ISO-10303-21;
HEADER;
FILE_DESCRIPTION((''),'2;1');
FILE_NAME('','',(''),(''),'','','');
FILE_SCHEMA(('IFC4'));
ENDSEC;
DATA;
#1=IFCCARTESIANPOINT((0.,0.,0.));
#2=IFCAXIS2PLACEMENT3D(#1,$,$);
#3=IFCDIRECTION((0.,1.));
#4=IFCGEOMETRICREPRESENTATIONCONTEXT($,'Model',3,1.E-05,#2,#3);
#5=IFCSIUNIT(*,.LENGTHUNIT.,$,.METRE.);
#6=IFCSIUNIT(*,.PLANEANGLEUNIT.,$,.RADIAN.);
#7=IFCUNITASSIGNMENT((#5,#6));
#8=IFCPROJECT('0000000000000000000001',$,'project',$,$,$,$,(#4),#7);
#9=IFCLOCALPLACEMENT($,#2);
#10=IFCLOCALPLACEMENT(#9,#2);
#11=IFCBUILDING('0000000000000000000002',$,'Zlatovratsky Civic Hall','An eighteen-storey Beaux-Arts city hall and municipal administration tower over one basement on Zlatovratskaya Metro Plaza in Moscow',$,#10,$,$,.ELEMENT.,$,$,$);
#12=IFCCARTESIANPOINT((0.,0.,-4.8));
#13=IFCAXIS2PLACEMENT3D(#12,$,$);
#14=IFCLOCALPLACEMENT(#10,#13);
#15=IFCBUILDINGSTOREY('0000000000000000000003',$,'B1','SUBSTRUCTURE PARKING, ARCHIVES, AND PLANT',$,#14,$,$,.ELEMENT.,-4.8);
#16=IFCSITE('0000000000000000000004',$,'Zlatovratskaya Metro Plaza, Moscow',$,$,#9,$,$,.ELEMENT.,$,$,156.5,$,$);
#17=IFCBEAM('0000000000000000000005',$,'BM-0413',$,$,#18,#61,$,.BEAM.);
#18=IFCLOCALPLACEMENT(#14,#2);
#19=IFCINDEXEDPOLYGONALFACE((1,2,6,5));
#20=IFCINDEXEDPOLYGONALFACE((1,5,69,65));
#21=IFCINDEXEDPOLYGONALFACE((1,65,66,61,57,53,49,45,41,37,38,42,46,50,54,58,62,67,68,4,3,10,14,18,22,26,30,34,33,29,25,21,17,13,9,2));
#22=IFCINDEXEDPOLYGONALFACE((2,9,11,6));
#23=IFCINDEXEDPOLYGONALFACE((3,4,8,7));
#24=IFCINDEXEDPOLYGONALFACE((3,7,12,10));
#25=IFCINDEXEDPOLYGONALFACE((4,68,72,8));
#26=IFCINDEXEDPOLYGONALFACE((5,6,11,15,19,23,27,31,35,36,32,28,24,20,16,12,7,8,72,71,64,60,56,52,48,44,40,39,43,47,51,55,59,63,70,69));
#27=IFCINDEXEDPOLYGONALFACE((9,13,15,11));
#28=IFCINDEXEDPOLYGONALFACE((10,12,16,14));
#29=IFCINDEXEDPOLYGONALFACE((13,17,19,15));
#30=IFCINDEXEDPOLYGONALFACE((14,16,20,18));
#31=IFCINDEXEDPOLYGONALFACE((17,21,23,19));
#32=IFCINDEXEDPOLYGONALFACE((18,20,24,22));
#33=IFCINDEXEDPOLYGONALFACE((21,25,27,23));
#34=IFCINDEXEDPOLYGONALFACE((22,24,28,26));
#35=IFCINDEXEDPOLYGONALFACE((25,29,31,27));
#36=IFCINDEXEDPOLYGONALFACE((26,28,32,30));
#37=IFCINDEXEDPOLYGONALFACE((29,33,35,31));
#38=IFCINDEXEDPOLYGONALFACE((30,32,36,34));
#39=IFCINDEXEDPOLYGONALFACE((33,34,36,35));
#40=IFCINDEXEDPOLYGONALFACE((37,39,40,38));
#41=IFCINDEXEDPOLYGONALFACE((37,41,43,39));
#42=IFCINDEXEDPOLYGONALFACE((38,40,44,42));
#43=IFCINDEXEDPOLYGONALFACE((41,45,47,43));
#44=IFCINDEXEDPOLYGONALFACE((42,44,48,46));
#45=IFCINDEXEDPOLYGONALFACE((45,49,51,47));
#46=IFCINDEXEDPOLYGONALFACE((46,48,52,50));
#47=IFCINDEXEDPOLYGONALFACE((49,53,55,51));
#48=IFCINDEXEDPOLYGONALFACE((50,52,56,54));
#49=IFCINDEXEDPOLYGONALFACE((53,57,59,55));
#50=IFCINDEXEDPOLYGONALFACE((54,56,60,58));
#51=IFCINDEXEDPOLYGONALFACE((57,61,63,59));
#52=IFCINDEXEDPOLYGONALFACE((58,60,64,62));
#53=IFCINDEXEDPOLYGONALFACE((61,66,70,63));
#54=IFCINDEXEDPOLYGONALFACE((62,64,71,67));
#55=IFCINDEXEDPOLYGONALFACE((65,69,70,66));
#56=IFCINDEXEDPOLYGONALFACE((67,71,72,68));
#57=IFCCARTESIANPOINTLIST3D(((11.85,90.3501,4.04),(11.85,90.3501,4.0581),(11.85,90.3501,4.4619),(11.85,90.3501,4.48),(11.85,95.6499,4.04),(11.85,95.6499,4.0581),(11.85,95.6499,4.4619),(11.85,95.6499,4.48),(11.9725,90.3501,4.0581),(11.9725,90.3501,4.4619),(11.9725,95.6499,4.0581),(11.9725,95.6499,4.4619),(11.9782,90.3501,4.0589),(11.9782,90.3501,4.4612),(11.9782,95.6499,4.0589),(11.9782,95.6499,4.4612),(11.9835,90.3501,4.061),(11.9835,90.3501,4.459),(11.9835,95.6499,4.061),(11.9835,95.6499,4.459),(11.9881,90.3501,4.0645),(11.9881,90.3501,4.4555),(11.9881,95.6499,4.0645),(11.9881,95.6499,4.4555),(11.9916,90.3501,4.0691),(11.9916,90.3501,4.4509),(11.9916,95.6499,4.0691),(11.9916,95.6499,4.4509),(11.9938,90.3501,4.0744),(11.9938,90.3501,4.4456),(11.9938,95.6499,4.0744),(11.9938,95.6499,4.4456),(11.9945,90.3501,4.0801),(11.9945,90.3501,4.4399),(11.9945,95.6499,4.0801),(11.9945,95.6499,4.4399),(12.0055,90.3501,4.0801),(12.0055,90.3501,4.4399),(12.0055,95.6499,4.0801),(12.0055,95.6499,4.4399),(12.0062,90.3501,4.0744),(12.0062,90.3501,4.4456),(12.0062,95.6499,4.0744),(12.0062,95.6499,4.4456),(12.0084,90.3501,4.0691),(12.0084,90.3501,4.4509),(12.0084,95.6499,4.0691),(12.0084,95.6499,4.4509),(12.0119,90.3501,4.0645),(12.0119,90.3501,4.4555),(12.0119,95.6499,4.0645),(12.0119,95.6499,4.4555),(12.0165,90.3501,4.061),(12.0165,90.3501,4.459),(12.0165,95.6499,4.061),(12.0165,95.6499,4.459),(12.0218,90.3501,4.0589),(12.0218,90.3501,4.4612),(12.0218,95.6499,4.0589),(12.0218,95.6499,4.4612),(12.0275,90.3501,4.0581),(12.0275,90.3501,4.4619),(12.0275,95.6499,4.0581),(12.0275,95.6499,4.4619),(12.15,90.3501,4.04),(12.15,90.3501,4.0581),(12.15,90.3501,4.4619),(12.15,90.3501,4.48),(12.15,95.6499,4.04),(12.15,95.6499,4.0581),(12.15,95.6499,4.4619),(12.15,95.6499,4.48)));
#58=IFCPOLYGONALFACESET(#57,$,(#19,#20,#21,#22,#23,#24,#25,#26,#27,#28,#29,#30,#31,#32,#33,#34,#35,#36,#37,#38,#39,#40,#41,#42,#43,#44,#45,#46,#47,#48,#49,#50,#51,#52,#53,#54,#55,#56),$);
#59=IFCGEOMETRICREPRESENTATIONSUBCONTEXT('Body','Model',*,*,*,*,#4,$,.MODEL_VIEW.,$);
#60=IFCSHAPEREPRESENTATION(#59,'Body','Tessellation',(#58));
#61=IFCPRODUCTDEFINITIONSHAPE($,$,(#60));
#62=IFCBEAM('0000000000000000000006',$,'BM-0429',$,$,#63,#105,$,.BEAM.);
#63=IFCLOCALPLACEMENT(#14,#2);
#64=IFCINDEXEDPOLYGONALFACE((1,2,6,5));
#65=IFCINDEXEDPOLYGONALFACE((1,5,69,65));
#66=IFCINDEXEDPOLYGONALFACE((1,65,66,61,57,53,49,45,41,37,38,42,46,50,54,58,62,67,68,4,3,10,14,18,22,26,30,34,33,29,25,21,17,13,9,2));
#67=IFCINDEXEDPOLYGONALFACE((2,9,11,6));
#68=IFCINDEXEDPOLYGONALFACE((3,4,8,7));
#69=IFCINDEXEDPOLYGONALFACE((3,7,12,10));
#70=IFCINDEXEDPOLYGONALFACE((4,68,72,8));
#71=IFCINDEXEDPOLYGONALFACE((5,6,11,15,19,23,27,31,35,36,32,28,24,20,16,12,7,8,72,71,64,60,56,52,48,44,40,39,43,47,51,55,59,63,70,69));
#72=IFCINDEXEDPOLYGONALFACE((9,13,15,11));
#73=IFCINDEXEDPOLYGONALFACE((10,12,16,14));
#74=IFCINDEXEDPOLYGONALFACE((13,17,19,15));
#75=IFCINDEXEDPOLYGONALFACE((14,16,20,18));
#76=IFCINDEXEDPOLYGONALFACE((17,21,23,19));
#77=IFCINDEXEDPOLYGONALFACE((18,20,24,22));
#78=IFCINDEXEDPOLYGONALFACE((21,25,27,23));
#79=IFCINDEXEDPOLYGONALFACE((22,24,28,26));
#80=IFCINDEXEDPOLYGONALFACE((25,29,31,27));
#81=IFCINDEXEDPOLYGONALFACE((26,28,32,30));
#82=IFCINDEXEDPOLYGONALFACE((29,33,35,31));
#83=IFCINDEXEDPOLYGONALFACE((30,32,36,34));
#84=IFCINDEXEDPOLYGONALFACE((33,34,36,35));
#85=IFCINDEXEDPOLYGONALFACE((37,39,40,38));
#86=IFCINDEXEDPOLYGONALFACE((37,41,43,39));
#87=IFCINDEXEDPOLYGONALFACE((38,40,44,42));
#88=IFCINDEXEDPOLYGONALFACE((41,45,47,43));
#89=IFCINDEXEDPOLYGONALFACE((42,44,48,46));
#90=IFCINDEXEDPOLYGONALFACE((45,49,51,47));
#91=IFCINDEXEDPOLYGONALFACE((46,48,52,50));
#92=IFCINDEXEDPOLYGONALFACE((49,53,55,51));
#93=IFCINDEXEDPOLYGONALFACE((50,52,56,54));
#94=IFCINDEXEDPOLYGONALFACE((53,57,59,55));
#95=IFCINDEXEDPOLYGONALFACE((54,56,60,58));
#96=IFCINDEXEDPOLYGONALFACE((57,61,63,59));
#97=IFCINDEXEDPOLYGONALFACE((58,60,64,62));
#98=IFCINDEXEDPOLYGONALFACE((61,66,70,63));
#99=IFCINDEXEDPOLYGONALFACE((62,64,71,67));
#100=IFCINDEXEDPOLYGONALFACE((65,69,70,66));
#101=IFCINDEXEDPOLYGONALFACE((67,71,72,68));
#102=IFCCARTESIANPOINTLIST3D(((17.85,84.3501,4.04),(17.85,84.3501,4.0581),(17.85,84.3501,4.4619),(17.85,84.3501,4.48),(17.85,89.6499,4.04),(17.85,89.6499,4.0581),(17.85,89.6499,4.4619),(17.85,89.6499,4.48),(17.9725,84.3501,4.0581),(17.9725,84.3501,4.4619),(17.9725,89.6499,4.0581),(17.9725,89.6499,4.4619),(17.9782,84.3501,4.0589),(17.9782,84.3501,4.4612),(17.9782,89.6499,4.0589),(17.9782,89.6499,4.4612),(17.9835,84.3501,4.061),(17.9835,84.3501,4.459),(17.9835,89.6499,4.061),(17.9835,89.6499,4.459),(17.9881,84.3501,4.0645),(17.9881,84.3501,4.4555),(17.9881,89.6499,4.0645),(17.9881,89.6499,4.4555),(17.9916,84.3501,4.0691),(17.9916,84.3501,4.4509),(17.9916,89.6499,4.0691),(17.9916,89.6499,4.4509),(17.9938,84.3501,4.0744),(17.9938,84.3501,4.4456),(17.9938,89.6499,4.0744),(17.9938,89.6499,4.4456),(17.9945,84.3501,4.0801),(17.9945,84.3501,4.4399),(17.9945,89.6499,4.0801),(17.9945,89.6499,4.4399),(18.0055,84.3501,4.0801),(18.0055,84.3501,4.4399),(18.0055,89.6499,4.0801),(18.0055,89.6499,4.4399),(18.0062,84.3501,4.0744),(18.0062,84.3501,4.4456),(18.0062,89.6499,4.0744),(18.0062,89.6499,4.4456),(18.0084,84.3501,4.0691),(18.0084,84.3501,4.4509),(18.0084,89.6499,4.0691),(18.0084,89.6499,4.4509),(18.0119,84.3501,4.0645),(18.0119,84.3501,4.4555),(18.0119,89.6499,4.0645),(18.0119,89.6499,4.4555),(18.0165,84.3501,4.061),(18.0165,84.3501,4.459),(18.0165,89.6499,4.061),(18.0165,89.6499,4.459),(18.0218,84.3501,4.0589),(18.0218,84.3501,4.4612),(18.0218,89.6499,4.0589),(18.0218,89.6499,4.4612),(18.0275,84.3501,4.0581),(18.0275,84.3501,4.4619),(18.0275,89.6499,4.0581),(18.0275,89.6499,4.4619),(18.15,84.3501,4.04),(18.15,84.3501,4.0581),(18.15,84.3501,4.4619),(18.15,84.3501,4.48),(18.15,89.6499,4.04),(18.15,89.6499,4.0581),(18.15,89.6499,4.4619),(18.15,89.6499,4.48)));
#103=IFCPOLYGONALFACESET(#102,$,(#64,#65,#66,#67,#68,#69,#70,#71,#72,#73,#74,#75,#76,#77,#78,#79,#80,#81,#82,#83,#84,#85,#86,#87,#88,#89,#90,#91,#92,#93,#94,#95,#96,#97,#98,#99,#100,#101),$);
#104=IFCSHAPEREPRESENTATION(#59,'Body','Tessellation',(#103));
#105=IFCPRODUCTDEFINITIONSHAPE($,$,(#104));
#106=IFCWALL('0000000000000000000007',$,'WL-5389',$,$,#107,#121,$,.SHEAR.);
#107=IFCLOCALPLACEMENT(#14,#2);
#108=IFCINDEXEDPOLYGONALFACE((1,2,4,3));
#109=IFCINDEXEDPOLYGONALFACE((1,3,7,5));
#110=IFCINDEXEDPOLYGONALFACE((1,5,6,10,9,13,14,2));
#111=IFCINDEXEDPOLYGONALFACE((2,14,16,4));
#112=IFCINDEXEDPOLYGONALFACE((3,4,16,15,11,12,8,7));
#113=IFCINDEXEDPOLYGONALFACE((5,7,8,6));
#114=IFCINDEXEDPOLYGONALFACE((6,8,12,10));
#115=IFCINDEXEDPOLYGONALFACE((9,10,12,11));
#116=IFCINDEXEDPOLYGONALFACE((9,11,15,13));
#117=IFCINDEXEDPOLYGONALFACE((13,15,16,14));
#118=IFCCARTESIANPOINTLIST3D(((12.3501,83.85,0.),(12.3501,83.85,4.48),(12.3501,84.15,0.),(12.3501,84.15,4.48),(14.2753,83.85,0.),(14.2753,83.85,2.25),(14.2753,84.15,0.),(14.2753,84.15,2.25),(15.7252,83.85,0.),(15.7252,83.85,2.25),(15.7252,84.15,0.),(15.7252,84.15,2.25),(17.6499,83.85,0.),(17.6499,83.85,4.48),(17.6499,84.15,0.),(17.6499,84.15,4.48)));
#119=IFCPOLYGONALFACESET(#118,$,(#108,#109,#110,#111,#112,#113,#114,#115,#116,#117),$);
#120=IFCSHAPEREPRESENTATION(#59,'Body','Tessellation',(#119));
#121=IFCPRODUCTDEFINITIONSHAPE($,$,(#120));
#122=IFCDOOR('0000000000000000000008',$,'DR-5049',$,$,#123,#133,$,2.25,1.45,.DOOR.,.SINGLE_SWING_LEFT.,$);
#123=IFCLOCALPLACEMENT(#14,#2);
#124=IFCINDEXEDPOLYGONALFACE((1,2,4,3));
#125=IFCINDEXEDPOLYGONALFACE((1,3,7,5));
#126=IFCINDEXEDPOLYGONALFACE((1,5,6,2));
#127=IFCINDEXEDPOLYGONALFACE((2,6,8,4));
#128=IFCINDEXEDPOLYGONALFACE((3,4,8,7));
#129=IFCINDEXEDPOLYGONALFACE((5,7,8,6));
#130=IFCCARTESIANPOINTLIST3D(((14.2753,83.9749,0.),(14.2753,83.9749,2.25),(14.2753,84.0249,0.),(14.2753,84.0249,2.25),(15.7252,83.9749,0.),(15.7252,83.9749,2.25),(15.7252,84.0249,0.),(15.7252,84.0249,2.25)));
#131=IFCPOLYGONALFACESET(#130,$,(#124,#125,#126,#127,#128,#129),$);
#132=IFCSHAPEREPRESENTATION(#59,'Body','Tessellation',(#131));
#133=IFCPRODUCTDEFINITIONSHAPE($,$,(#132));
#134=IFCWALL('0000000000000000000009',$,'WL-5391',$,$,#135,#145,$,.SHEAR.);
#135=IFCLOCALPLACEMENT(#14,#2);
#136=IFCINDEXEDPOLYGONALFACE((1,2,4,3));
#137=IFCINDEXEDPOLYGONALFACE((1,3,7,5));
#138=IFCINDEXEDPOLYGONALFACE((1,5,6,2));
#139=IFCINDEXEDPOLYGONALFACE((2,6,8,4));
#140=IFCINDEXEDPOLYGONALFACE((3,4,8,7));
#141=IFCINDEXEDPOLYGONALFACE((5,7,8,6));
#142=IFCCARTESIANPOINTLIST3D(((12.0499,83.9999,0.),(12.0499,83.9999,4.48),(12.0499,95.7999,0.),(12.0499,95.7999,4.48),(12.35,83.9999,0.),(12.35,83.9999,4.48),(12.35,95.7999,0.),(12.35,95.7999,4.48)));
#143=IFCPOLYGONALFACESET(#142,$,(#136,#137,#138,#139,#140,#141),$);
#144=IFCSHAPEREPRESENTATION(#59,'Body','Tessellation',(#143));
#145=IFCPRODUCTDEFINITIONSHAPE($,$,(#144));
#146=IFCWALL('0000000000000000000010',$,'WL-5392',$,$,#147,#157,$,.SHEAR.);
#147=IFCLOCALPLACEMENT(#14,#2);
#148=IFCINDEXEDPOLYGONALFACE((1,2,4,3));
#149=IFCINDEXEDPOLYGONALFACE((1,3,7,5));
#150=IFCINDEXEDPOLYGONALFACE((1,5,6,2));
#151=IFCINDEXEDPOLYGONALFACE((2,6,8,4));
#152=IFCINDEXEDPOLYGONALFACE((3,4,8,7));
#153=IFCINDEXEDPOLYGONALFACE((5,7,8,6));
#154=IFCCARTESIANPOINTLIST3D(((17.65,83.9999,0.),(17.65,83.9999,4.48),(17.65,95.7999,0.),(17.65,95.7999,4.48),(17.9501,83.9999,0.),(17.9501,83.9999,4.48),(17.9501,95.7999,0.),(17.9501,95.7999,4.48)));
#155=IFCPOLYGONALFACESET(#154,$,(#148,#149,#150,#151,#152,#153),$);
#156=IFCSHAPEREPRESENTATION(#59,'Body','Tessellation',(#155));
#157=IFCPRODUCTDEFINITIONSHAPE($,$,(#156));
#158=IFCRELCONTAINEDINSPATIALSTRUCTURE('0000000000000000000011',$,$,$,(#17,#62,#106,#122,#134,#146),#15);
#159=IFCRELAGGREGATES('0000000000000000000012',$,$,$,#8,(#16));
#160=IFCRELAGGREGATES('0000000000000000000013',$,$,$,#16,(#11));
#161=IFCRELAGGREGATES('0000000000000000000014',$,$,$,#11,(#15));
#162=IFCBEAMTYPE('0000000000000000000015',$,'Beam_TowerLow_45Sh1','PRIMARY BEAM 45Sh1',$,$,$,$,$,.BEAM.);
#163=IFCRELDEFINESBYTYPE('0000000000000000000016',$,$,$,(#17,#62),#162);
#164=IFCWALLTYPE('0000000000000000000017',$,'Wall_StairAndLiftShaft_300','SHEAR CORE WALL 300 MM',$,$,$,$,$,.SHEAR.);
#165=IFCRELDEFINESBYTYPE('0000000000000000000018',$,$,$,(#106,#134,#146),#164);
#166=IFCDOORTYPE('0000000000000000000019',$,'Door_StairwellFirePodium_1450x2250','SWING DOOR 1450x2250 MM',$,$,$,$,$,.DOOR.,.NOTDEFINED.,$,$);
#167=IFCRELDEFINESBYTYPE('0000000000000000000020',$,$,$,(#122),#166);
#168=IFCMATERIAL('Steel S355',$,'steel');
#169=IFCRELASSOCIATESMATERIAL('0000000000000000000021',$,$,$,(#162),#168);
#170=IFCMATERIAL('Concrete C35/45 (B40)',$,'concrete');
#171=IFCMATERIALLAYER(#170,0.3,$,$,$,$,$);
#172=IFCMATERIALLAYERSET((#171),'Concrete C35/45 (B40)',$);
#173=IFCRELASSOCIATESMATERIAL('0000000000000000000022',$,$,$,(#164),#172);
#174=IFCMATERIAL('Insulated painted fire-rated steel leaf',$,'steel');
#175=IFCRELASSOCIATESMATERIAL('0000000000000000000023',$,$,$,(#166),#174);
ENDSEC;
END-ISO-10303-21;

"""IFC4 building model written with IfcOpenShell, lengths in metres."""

from ifc_helpers import new_model, si_unit, direction, frame, frame_2d, origin, origin_2d, place, context, subcontext, project, spatial, rectangle, i_section, extrude, material, layer, layer_set, material_profile, profile_set, type_object, element, fill, save


model = new_model("IFC4")

# Units and contexts
model_context = context("Model", 3, precision=1e-05, world=origin(), true_north=direction((0.0, 1.0)))
body_context = subcontext(model_context, "Body", "Model", "MODEL_VIEW")
ifc_project = project(units=[si_unit("LENGTHUNIT", "METRE"), si_unit("PLANEANGLEUNIT", "RADIAN")], contexts=[model_context])

# Site, building, storey
site_placement = place(None, origin())
site = spatial("IfcSite", under=ifc_project, at=site_placement, Name="Zlatovratskaya Metro Plaza, Moscow", CompositionType="ELEMENT", RefElevation=156.5)
building_placement = place(site_placement, origin())
building = spatial("IfcBuilding", under=site, at=building_placement, Name="Zlatovratsky Civic Hall", Description="An eighteen-storey Beaux-Arts city hall and municipal administration tower over one basement on Zlatovratskaya Metro Plaza in Moscow", CompositionType="ELEMENT")
storey_placement = place(building_placement, frame((0.0, 0.0, -4.8)))
storey = spatial("IfcBuildingStorey", under=building, at=storey_placement, Name="B1", Description="SUBSTRUCTURE PARKING, ARCHIVES, AND PLANT", CompositionType="ELEMENT", Elevation=-4.8)

# Shared definitions
ifc_material_1 = material(Name="Concrete C35/45 (B40)", Category="concrete")

# Beams
ifc_material_2 = material(Name="Steel S355", Category="steel")
ifc_material_profile_1 = material_profile(ifc_material_2, i_section(OverallWidth=0.3, OverallDepth=0.4399, WebThickness=0.011, FlangeThickness=0.0181, FilletRadius=0.022, at=origin_2d()), Name="45Sh1")
ifc_profile_set_1 = profile_set([ifc_material_profile_1], Name="Steel S355")
beam_type = type_object("IfcBeamType", Name="Beam_TowerLow_45Sh1", Description="PRIMARY BEAM 45Sh1", PredefinedType="BEAM", material=ifc_profile_set_1)
for number, where, z_axis, x_axis, name in (
    (1, (12.0, 90.3501, 4.26), (0.0, 1.0, 0.0), (-1.0, 0.0, 0.0), "BM-0413"),
    (2, (18.0, 84.3501, 4.26), (0.0, 1.0, 0.0), (-1.0, 0.0, 0.0), "BM-0429"),
):
    element("IfcBeam", number, at=place(storey_placement, frame(where, z_axis=z_axis, x_axis=x_axis)), inside=storey, type_object=beam_type, Name=name, PredefinedType="BEAM", context=body_context, shape_type="SweptSolid", body=[
        extrude(i_section(OverallWidth=0.3, OverallDepth=0.4399, WebThickness=0.011, FlangeThickness=0.0181, FilletRadius=0.022, at=origin_2d()), origin(), (0.0, 0.0, 1.0), 5.2998),
    ])

# Wall, opening, door
ifc_layer = layer(ifc_material_1, 0.3)
ifc_layer_set = layer_set([ifc_layer], Name="Concrete C35/45 (B40)")
wall_type = type_object("IfcWallType", Name="Wall_StairAndLiftShaft_300", Description="SHEAR CORE WALL 300 MM", PredefinedType="SHEAR", material=ifc_layer_set)
wall_placement = place(storey_placement, frame((12.3501, 84.0, 0.0), z_axis=(0.0, 0.0, 1.0), x_axis=(1.0, 0.0, 0.0)))
wall = element("IfcWall", 3, at=wall_placement, inside=storey, type_object=wall_type, Name="WL-5389", PredefinedType="SHEAR", context=body_context, shape_type="SweptSolid", body=[
    extrude(rectangle(XDim=5.2998, YDim=0.3, at=frame_2d((2.6499, 0.0))), origin(), (0.0, 0.0, 1.0), 4.48),
])
opening_placement = place(wall_placement, frame((1.925, 0.0, 0.0)))
opening = element("IfcOpeningElement", 4, at=opening_placement, cuts=wall, PredefinedType="OPENING", context=body_context, shape_type="SweptSolid", body=[
    extrude(rectangle(XDim=1.45, YDim=2.25, at=frame_2d((0.7251, 1.125))), frame((0.0, 0.165, 0.0), z_axis=(0.0, -1.0, 0.0), x_axis=(1.0, 0.0, 0.0)), (0.0, 0.0, 1.0), 0.3298),
])
ifc_material_3 = material(Name="Insulated painted fire-rated steel leaf", Category="steel")
door_type = type_object("IfcDoorType", Name="Door_StairwellFirePodium_1450x2250", Description="SWING DOOR 1450x2250 MM", OperationType="NOTDEFINED", PredefinedType="DOOR", material=ifc_material_3)
door_placement = place(opening_placement, origin())
door = element("IfcDoor", 5, at=door_placement, inside=storey, type_object=door_type, Name="DR-5049", OperationType="SINGLE_SWING_LEFT", OverallHeight=2.25, OverallWidth=1.45, PredefinedType="DOOR", context=body_context, shape_type="SweptSolid", body=[
    extrude(rectangle(XDim=1.45, YDim=2.25, at=frame_2d((0.7251, 1.125))), frame((0.0, 0.0249, 0.0), z_axis=(0.0, -1.0, 0.0), x_axis=(1.0, 0.0, 0.0)), (0.0, 0.0, 1.0), 0.05),
])
fill(opening, door)

# Walls
for number, where, z_axis, x_axis, name in (
    (6, (12.2, 84.0, 0.0), (0.0, 0.0, 1.0), (0.0, 1.0, 0.0), "WL-5391"),
    (7, (17.8, 84.0, 0.0), (0.0, 0.0, 1.0), (0.0, 1.0, 0.0), "WL-5392"),
):
    element("IfcWall", number, at=place(storey_placement, frame(where, z_axis=z_axis, x_axis=x_axis)), inside=storey, type_object=wall_type, Name=name, PredefinedType="SHEAR", context=body_context, shape_type="SweptSolid", body=[
        extrude(rectangle(XDim=11.8, YDim=0.3, at=frame_2d((5.8999, 0.0))), origin(), (0.0, 0.0, 1.0), 4.48),
    ])

save(model, "model.ifc")
